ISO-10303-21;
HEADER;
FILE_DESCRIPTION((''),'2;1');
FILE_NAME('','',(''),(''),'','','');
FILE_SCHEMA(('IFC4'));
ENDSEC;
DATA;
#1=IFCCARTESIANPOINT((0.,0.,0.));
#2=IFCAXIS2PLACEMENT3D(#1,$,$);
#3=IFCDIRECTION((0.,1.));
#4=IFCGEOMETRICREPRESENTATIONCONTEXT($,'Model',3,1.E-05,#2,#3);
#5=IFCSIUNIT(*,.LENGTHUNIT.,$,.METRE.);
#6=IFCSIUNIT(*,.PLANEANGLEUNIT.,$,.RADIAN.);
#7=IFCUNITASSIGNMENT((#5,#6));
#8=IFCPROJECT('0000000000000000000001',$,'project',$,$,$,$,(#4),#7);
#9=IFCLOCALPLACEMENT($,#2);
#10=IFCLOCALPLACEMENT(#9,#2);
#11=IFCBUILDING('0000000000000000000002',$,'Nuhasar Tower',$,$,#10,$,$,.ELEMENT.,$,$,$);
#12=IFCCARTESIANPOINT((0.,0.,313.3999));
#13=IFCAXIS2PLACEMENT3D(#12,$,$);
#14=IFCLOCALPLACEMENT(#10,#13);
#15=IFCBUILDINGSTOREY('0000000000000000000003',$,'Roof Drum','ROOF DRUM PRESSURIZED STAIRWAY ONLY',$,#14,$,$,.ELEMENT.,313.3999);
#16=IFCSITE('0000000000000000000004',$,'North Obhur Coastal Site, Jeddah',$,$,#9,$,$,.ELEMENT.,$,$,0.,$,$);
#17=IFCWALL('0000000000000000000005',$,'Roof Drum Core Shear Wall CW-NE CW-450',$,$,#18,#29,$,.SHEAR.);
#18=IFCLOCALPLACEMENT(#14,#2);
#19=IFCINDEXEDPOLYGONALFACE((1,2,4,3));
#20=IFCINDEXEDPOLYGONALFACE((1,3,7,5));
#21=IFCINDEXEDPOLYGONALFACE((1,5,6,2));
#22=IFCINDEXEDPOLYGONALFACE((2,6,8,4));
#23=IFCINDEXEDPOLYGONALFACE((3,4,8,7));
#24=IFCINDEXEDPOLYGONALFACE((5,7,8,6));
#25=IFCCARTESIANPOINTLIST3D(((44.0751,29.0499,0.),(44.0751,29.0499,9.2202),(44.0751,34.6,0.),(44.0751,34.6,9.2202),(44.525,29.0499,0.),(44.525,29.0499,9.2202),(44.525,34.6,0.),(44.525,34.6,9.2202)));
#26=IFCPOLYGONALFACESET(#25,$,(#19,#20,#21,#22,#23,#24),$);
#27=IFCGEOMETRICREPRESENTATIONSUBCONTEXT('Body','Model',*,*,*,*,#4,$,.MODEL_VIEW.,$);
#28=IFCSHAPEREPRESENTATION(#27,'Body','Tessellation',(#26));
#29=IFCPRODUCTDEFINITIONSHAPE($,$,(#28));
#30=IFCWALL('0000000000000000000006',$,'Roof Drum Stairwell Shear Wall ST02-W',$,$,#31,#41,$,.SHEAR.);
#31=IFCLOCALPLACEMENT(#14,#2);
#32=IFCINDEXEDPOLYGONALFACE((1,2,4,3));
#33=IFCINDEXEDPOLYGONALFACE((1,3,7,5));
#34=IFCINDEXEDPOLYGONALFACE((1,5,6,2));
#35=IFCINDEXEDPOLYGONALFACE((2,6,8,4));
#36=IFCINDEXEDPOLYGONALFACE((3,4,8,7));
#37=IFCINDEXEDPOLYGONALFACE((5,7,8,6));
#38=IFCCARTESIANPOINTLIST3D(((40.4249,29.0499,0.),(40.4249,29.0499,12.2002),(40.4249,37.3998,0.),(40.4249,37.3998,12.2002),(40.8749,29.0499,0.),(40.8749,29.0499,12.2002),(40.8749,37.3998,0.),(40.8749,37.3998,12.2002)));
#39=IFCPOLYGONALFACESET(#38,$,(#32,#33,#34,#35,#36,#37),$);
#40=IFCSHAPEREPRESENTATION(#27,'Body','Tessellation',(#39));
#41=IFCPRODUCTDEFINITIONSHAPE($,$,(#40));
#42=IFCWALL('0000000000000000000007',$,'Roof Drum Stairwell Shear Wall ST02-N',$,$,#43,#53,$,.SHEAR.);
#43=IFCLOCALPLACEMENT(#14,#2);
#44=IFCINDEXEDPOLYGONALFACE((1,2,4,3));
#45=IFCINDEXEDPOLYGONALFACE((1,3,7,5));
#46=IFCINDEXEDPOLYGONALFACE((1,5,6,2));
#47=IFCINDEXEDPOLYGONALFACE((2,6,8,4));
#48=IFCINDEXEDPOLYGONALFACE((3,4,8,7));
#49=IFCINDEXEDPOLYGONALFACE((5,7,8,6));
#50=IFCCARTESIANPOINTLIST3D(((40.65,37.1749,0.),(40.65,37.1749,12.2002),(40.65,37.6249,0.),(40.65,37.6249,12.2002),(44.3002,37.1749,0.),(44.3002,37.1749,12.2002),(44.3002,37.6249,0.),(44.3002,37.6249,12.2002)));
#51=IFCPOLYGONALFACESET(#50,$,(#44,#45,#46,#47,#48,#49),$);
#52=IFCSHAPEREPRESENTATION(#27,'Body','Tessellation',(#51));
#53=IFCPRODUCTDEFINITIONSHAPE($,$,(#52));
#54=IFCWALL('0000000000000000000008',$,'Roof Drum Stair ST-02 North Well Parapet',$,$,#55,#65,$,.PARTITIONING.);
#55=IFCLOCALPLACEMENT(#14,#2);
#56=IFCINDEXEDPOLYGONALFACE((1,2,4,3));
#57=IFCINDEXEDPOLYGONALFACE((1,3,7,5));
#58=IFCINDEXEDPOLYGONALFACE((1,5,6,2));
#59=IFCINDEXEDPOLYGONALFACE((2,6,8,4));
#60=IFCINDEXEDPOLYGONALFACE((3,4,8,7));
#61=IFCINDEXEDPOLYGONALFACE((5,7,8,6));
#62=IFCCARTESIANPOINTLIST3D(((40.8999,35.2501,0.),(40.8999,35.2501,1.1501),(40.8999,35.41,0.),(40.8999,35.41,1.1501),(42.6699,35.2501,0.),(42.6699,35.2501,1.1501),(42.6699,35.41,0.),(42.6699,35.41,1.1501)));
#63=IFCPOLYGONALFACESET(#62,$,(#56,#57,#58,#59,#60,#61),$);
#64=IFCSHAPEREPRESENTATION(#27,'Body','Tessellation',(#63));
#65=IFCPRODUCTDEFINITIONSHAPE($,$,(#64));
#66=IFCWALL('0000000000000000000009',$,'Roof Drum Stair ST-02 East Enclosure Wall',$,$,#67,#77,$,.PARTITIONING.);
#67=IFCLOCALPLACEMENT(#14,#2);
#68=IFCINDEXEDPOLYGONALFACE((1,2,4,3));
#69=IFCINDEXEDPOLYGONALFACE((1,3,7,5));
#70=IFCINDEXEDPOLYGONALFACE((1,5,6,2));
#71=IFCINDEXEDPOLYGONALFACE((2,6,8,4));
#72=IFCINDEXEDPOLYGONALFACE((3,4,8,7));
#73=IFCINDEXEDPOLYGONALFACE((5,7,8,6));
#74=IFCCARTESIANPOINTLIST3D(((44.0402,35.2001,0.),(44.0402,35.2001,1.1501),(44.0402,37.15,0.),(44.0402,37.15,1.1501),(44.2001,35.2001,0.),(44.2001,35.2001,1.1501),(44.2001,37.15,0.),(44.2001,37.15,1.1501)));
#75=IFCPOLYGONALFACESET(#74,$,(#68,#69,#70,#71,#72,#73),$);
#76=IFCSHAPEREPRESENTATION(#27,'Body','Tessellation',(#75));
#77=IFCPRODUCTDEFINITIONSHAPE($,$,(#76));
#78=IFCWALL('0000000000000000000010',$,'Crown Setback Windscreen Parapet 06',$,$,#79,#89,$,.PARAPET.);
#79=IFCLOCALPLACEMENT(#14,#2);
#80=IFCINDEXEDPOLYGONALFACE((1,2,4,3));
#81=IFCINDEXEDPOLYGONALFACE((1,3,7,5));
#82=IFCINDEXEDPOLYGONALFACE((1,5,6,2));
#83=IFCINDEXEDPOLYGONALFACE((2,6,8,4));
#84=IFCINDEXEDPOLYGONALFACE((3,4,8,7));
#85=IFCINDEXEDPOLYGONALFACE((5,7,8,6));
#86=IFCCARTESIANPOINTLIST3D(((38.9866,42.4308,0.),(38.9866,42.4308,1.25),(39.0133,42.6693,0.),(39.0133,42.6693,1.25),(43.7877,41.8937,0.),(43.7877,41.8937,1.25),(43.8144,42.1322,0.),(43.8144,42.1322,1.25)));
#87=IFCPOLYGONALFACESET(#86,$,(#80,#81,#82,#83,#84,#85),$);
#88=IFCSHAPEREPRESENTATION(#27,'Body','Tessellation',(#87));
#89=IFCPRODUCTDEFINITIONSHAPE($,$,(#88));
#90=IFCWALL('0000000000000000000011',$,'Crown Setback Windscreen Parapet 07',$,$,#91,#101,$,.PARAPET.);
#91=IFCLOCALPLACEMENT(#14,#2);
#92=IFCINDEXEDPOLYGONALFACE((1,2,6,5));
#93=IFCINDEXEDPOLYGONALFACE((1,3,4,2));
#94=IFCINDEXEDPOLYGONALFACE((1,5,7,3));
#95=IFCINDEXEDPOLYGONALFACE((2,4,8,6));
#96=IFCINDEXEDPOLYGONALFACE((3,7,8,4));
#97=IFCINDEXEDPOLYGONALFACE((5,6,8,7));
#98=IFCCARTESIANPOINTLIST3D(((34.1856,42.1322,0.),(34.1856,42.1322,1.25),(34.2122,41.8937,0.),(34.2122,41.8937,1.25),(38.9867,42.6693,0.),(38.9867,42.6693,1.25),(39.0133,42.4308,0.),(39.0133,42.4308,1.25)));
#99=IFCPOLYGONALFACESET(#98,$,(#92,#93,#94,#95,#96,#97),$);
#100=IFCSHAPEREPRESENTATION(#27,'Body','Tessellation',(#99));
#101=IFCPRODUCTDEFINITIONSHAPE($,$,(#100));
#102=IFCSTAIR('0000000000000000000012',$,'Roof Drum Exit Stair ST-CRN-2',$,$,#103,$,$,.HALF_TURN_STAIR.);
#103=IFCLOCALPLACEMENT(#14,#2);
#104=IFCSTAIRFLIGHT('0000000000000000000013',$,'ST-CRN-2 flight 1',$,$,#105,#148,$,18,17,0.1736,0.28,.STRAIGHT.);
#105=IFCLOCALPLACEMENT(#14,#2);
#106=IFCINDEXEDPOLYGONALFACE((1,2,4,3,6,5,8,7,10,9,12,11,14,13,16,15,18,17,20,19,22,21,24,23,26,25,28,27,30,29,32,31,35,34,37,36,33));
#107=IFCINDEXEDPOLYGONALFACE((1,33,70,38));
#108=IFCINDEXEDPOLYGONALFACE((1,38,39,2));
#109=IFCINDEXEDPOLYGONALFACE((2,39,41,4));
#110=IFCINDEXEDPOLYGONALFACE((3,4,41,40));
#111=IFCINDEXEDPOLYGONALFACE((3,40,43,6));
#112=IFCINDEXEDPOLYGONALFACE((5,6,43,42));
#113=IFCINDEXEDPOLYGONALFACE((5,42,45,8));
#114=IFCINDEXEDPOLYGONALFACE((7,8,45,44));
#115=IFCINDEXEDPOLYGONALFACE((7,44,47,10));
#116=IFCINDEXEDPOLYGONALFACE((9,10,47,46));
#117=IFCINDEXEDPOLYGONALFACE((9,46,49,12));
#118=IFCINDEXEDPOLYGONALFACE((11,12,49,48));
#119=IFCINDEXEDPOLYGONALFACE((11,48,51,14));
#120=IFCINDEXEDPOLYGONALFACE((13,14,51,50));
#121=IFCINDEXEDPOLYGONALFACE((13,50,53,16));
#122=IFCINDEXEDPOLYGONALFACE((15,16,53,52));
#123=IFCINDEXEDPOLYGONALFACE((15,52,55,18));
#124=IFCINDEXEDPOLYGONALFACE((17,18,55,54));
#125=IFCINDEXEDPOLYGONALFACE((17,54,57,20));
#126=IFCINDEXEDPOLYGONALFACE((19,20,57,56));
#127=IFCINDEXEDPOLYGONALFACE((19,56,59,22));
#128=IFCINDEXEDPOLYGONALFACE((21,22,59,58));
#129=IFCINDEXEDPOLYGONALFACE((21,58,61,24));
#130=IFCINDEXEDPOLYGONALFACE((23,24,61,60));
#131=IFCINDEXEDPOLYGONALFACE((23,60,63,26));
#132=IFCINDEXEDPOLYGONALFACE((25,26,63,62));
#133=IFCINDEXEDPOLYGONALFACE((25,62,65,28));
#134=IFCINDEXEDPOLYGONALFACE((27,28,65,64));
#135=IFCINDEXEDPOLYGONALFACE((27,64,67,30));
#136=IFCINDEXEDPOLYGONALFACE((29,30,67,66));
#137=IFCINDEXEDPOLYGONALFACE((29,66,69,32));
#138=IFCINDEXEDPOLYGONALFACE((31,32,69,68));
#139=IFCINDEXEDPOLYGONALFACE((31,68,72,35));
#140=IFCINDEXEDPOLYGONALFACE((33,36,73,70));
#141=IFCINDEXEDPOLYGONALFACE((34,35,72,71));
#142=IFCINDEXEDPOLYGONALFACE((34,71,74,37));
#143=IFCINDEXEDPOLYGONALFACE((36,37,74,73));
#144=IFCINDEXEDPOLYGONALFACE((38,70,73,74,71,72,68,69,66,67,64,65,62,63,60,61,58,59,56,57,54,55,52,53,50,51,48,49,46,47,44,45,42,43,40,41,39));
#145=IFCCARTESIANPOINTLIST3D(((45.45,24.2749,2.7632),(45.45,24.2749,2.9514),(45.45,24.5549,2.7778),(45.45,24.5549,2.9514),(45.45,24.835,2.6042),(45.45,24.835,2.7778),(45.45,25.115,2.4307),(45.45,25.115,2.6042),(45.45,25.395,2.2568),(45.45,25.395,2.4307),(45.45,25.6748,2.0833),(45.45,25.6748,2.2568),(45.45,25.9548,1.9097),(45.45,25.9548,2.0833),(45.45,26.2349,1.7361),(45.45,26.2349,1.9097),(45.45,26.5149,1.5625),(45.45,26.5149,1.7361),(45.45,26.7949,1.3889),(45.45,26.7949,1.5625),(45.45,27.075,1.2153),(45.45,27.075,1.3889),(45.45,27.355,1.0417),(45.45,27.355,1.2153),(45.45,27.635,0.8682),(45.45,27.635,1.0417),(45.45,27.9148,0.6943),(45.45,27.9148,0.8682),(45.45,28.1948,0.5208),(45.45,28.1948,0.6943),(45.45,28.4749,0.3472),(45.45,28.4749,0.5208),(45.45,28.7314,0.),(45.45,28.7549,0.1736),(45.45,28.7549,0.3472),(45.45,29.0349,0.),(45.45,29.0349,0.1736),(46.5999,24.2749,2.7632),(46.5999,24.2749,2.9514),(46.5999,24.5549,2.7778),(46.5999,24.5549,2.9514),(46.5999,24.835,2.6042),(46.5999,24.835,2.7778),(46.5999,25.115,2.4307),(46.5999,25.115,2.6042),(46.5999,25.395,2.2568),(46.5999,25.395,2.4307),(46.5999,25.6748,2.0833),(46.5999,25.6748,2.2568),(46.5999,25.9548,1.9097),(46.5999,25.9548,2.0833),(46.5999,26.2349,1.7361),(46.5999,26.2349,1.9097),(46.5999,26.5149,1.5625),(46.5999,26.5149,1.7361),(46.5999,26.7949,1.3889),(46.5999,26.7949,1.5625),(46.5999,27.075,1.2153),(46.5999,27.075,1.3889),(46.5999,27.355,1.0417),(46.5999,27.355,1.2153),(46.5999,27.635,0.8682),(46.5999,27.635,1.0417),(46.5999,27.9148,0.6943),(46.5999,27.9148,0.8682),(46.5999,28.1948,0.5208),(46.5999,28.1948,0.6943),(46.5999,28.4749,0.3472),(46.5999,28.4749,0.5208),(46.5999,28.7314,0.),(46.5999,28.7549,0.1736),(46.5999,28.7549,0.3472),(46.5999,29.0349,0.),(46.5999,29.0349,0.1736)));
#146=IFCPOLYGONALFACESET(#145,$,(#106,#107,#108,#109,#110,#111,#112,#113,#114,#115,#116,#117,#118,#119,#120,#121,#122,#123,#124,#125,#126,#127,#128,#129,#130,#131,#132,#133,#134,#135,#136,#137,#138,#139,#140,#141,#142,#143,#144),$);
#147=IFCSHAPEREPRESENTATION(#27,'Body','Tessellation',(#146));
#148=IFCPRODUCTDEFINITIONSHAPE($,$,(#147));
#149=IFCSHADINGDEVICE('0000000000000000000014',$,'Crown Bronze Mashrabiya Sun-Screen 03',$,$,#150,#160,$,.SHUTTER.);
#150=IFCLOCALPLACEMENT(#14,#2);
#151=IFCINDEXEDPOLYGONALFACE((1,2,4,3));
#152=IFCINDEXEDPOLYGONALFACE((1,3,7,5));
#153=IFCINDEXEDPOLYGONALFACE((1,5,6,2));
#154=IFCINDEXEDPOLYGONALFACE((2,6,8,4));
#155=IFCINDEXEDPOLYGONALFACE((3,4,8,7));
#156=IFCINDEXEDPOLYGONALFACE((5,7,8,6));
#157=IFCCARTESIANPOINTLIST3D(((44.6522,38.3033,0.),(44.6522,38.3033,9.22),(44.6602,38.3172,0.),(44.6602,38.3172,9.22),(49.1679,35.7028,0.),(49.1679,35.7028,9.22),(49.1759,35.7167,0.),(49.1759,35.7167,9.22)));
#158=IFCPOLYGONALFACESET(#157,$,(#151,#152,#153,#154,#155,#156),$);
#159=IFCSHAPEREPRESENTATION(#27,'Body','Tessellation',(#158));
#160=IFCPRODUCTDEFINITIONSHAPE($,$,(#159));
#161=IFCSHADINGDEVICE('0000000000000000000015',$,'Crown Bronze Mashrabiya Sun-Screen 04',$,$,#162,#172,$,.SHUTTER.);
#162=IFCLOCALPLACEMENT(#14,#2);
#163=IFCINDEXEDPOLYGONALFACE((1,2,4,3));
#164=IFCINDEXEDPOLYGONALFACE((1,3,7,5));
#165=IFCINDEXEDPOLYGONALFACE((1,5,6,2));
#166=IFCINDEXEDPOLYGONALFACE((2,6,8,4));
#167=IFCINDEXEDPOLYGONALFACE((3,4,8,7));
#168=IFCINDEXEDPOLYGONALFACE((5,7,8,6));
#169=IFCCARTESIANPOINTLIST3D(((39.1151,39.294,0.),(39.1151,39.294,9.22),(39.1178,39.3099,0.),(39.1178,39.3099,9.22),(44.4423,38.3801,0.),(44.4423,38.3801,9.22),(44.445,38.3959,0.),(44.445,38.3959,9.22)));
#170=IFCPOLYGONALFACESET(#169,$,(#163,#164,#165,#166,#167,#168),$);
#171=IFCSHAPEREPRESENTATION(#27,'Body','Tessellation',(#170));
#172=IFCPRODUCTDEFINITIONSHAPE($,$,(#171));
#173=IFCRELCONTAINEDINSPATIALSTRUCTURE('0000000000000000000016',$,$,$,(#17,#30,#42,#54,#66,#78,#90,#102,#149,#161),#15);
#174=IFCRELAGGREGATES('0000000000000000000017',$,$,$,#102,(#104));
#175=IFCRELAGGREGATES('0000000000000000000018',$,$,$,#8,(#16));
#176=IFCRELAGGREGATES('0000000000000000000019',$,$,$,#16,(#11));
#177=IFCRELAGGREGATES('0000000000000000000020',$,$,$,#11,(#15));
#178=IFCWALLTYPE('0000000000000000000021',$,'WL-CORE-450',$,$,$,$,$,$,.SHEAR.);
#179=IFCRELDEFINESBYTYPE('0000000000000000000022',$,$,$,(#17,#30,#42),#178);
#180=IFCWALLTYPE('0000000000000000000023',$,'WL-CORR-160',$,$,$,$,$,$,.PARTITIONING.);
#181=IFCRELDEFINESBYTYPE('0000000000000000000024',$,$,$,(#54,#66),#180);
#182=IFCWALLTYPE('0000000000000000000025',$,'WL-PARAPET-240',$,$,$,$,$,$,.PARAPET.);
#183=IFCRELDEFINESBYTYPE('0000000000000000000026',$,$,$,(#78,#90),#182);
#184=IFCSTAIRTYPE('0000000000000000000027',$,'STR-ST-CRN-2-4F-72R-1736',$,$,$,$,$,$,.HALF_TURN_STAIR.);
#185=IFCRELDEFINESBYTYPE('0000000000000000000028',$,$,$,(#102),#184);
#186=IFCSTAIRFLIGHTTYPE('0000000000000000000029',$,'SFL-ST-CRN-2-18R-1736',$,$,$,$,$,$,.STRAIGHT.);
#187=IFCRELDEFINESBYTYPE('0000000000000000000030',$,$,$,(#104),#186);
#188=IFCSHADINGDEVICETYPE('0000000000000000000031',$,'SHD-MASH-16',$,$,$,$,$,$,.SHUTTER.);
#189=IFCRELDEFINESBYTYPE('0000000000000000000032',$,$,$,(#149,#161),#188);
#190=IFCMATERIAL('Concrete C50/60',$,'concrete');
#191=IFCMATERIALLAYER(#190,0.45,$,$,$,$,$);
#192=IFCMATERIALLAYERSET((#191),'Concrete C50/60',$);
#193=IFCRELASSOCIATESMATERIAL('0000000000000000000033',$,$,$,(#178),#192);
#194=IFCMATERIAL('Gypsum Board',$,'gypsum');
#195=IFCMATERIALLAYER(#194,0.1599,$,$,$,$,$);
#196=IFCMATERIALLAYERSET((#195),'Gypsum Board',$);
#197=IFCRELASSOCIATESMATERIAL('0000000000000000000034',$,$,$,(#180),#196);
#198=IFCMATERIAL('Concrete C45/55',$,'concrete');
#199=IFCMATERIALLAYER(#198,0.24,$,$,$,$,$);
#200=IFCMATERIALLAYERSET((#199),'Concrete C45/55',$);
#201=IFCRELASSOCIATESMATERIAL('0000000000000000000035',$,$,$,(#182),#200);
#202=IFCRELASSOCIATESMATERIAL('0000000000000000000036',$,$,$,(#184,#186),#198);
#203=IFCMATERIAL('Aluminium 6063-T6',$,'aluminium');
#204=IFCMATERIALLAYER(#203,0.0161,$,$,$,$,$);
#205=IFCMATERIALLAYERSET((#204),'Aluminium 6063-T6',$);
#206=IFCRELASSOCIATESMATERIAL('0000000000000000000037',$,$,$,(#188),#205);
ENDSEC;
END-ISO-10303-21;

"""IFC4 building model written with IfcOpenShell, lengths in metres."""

from ifc_helpers import new_model, si_unit, direction, frame, frame_2d, origin, origin_2d, place, context, subcontext, project, spatial, polyline, rectangle, outline, extrude, material, layer, layer_set, type_object, element, aggregate, save


model = new_model("IFC4")

# Units and contexts
model_context = context("Model", 3, precision=1e-05, world=origin(), true_north=direction((0.0, 1.0)))
body_context = subcontext(model_context, "Body", "Model", "MODEL_VIEW")
ifc_project = project(units=[si_unit("LENGTHUNIT", "METRE"), si_unit("PLANEANGLEUNIT", "RADIAN")], contexts=[model_context])

# Site, building, storey
site_placement = place(None, origin())
site = spatial("IfcSite", under=ifc_project, at=site_placement, Name="North Obhur Coastal Site, Jeddah", CompositionType="ELEMENT", RefElevation=0.0)
building_placement = place(site_placement, origin())
building = spatial("IfcBuilding", under=site, at=building_placement, Name="Nuhasar Tower", CompositionType="ELEMENT")
storey_placement = place(building_placement, frame((0.0, 0.0, 313.3999)))
storey = spatial("IfcBuildingStorey", under=building, at=storey_placement, Name="Roof Drum", Description="ROOF DRUM PRESSURIZED STAIRWAY ONLY", CompositionType="ELEMENT", Elevation=313.3999)

# Shared definitions
ifc_material_1 = material(Name="Concrete C50/60", Category="concrete")

# Shared definitions
ifc_material_2 = material(Name="Aluminium 6063-T6", Category="aluminium")

# Walls
ifc_layer_1 = layer(ifc_material_1, 0.45)
ifc_layer_set_1 = layer_set([ifc_layer_1], Name="Concrete C50/60")
wall_type_1 = type_object("IfcWallType", Name="WL-CORE-450", PredefinedType="SHEAR", material=ifc_layer_set_1)
wall_1_placement = place(storey_placement, frame((44.3, 29.05, 0.0), z_axis=(0.0, 0.0, 1.0), x_axis=(0.0, 1.0, 0.0)))
element("IfcWall", 1, at=wall_1_placement, inside=storey, type_object=wall_type_1, Name="Roof Drum Core Shear Wall CW-NE CW-450", PredefinedType="SHEAR", context=body_context, shape_type="SweptSolid", body=[
    extrude(rectangle(XDim=5.55, YDim=0.45, at=frame_2d((2.7749, 0.0))), origin(), (0.0, 0.0, 1.0), 9.2202),
])
wall_2_placement = place(storey_placement, frame((40.6499, 29.05, 0.0), z_axis=(0.0, 0.0, 1.0), x_axis=(0.0, 1.0, 0.0)))
element("IfcWall", 2, at=wall_2_placement, inside=storey, type_object=wall_type_1, Name="Roof Drum Stairwell Shear Wall ST02-W", PredefinedType="SHEAR", context=body_context, shape_type="SweptSolid", body=[
    extrude(rectangle(XDim=8.3499, YDim=0.45, at=frame_2d((4.1748, 0.0))), origin(), (0.0, 0.0, 1.0), 12.2002),
])
wall_3_placement = place(storey_placement, frame((40.6499, 37.3999, 0.0), z_axis=(0.0, 0.0, 1.0), x_axis=(1.0, 0.0, 0.0)))
element("IfcWall", 3, at=wall_3_placement, inside=storey, type_object=wall_type_1, Name="Roof Drum Stairwell Shear Wall ST02-N", PredefinedType="SHEAR", context=body_context, shape_type="SweptSolid", body=[
    extrude(rectangle(XDim=3.6501, YDim=0.45, at=frame_2d((1.8252, 0.0))), origin(), (0.0, 0.0, 1.0), 12.2002),
])
ifc_material_3 = material(Name="Gypsum Board", Category="gypsum")
ifc_layer_2 = layer(ifc_material_3, 0.1599)
ifc_layer_set_2 = layer_set([ifc_layer_2], Name="Gypsum Board")
wall_type_2 = type_object("IfcWallType", Name="WL-CORR-160", PredefinedType="PARTITIONING", material=ifc_layer_set_2)
wall_4_placement = place(storey_placement, frame((40.8999, 35.3301, 0.0), z_axis=(0.0, 0.0, 1.0), x_axis=(1.0, 0.0, 0.0)))
element("IfcWall", 4, at=wall_4_placement, inside=storey, type_object=wall_type_2, Name="Roof Drum Stair ST-02 North Well Parapet", PredefinedType="PARTITIONING", context=body_context, shape_type="SweptSolid", body=[
    extrude(rectangle(XDim=1.77, YDim=0.1599, at=frame_2d((0.885, 0.0))), origin(), (0.0, 0.0, 1.0), 1.1501),
])
wall_5_placement = place(storey_placement, frame((44.1201, 35.2, 0.0), z_axis=(0.0, 0.0, 1.0), x_axis=(0.0, 1.0, 0.0)))
element("IfcWall", 5, at=wall_5_placement, inside=storey, type_object=wall_type_2, Name="Roof Drum Stair ST-02 East Enclosure Wall", PredefinedType="PARTITIONING", context=body_context, shape_type="SweptSolid", body=[
    extrude(rectangle(XDim=1.95, YDim=0.1599, at=frame_2d((0.9751, 0.0))), origin(), (0.0, 0.0, 1.0), 1.1501),
])
ifc_material_4 = material(Name="Concrete C45/55", Category="concrete")
ifc_layer_3 = layer(ifc_material_4, 0.24)
ifc_layer_set_3 = layer_set([ifc_layer_3], Name="Concrete C45/55")
wall_type_3 = type_object("IfcWallType", Name="WL-PARAPET-240", PredefinedType="PARAPET", material=ifc_layer_set_3)
for number, where, z_axis, x_axis, name in (
    (6, (43.801, 42.0129, 0.0), (0.0, 0.0, 1.0), (-0.9938, 0.11118, 0.0), "Crown Setback Windscreen Parapet 06"),
    (7, (39.0, 42.55, 0.0), (0.0, 0.0, 1.0), (-0.9938, -0.11118, 0.0), "Crown Setback Windscreen Parapet 07"),
):
    element("IfcWall", number, at=place(storey_placement, frame(where, z_axis=z_axis, x_axis=x_axis)), inside=storey, type_object=wall_type_3, Name=name, PredefinedType="PARAPET", context=body_context, shape_type="SweptSolid", body=[
        extrude(rectangle(XDim=4.8311, YDim=0.24, at=frame_2d((2.4155, 0.0))), origin(), (0.0, 0.0, 1.0), 1.25),
    ])

# Stair, stair flight
stair_type = type_object("IfcStairType", Name="STR-ST-CRN-2-4F-72R-1736", PredefinedType="HALF_TURN_STAIR", material=ifc_material_4)
stair_placement = place(storey_placement, origin())
stair = element("IfcStair", 8, at=stair_placement, inside=storey, type_object=stair_type, Name="Roof Drum Exit Stair ST-CRN-2", PredefinedType="HALF_TURN_STAIR")
stair_flight_type = type_object("IfcStairFlightType", Name="SFL-ST-CRN-2-18R-1736", PredefinedType="STRAIGHT", material=ifc_material_4)
stair_flight_placement = place(storey_placement, frame((46.0249, 29.0349, 0.0), z_axis=(0.0, 0.0, 1.0), x_axis=(0.0, -1.0, 0.0)))
stair_flight = element("IfcStairFlight", 9, at=stair_flight_placement, type_object=stair_flight_type, Name="ST-CRN-2 flight 1", NumberOfRisers=18, NumberOfTreads=17, PredefinedType="STRAIGHT", RiserHeight=0.1736, TreadLength=0.28, context=body_context, shape_type="SweptSolid", body=[
    extrude(outline(polyline([(0.0, 0.0), (0.0, 0.1736), (0.28, 0.1736), (0.28, 0.3472), (0.5601, 0.3472), (0.5601, 0.5208), (0.8401, 0.5208), (0.8401, 0.6943), (1.1201, 0.6943), (1.1201, 0.8682), (1.3999, 0.8682), (1.3999, 1.0417), (1.6799, 1.0417), (1.6799, 1.2153), (1.96, 1.2153), (1.96, 1.3889), (2.24, 1.3889), (2.24, 1.5625), (2.52, 1.5625), (2.52, 1.7361), (2.8, 1.7361), (2.8, 1.9097), (3.0801, 1.9097), (3.0801, 2.0833), (3.3601, 2.0833), (3.3601, 2.2568), (3.6399, 2.2568), (3.6399, 2.4307), (3.9199, 2.4307), (3.9199, 2.6042), (4.2, 2.6042), (4.2, 2.7778), (4.48, 2.7778), (4.48, 2.9514), (4.76, 2.9514), (4.76, 3.125), (4.76, 2.7632), (0.3035, 0.0), (0.0, 0.0)])), frame((0.0, 0.575, 0.0), z_axis=(0.0, -1.0, 0.0), x_axis=(1.0, 0.0, 0.0)), (0.0, 0.0, 1.0), 1.1499),
])
aggregate(stair, [stair_flight])

# Shading devices
ifc_layer_4 = layer(ifc_material_2, 0.0161)
ifc_layer_set_4 = layer_set([ifc_layer_4], Name="Aluminium 6063-T6")
shading_device_type = type_object("IfcShadingDeviceType", Name="SHD-MASH-16", PredefinedType="SHUTTER", material=ifc_layer_set_4)
shading_device_1_placement = place(storey_placement, frame((46.9141, 37.01, 0.0), z_axis=(0.0, 0.0, 1.0), x_axis=(-0.866575, 0.499047, 0.0)))
element("IfcShadingDevice", 10, at=shading_device_1_placement, inside=storey, type_object=shading_device_type, Name="Crown Bronze Mashrabiya Sun-Screen 03", PredefinedType="SHUTTER", context=body_context, shape_type="SweptSolid", body=[
    extrude(rectangle(XDim=5.2109, YDim=0.0161, at=origin_2d()), origin(), (0.0, 0.0, 1.0), 9.22),
])
shading_device_2_placement = place(storey_placement, frame((41.78, 38.845, 0.0), z_axis=(0.0, 0.0, 1.0), x_axis=(-0.9856, 0.169091, 0.0)))
element("IfcShadingDevice", 11, at=shading_device_2_placement, inside=storey, type_object=shading_device_type, Name="Crown Bronze Mashrabiya Sun-Screen 04", PredefinedType="SHUTTER", context=body_context, shape_type="SweptSolid", body=[
    extrude(rectangle(XDim=5.405, YDim=0.0161, at=origin_2d()), origin(), (0.0, 0.0, 1.0), 9.22),
])

save(model, "model.ifc")
